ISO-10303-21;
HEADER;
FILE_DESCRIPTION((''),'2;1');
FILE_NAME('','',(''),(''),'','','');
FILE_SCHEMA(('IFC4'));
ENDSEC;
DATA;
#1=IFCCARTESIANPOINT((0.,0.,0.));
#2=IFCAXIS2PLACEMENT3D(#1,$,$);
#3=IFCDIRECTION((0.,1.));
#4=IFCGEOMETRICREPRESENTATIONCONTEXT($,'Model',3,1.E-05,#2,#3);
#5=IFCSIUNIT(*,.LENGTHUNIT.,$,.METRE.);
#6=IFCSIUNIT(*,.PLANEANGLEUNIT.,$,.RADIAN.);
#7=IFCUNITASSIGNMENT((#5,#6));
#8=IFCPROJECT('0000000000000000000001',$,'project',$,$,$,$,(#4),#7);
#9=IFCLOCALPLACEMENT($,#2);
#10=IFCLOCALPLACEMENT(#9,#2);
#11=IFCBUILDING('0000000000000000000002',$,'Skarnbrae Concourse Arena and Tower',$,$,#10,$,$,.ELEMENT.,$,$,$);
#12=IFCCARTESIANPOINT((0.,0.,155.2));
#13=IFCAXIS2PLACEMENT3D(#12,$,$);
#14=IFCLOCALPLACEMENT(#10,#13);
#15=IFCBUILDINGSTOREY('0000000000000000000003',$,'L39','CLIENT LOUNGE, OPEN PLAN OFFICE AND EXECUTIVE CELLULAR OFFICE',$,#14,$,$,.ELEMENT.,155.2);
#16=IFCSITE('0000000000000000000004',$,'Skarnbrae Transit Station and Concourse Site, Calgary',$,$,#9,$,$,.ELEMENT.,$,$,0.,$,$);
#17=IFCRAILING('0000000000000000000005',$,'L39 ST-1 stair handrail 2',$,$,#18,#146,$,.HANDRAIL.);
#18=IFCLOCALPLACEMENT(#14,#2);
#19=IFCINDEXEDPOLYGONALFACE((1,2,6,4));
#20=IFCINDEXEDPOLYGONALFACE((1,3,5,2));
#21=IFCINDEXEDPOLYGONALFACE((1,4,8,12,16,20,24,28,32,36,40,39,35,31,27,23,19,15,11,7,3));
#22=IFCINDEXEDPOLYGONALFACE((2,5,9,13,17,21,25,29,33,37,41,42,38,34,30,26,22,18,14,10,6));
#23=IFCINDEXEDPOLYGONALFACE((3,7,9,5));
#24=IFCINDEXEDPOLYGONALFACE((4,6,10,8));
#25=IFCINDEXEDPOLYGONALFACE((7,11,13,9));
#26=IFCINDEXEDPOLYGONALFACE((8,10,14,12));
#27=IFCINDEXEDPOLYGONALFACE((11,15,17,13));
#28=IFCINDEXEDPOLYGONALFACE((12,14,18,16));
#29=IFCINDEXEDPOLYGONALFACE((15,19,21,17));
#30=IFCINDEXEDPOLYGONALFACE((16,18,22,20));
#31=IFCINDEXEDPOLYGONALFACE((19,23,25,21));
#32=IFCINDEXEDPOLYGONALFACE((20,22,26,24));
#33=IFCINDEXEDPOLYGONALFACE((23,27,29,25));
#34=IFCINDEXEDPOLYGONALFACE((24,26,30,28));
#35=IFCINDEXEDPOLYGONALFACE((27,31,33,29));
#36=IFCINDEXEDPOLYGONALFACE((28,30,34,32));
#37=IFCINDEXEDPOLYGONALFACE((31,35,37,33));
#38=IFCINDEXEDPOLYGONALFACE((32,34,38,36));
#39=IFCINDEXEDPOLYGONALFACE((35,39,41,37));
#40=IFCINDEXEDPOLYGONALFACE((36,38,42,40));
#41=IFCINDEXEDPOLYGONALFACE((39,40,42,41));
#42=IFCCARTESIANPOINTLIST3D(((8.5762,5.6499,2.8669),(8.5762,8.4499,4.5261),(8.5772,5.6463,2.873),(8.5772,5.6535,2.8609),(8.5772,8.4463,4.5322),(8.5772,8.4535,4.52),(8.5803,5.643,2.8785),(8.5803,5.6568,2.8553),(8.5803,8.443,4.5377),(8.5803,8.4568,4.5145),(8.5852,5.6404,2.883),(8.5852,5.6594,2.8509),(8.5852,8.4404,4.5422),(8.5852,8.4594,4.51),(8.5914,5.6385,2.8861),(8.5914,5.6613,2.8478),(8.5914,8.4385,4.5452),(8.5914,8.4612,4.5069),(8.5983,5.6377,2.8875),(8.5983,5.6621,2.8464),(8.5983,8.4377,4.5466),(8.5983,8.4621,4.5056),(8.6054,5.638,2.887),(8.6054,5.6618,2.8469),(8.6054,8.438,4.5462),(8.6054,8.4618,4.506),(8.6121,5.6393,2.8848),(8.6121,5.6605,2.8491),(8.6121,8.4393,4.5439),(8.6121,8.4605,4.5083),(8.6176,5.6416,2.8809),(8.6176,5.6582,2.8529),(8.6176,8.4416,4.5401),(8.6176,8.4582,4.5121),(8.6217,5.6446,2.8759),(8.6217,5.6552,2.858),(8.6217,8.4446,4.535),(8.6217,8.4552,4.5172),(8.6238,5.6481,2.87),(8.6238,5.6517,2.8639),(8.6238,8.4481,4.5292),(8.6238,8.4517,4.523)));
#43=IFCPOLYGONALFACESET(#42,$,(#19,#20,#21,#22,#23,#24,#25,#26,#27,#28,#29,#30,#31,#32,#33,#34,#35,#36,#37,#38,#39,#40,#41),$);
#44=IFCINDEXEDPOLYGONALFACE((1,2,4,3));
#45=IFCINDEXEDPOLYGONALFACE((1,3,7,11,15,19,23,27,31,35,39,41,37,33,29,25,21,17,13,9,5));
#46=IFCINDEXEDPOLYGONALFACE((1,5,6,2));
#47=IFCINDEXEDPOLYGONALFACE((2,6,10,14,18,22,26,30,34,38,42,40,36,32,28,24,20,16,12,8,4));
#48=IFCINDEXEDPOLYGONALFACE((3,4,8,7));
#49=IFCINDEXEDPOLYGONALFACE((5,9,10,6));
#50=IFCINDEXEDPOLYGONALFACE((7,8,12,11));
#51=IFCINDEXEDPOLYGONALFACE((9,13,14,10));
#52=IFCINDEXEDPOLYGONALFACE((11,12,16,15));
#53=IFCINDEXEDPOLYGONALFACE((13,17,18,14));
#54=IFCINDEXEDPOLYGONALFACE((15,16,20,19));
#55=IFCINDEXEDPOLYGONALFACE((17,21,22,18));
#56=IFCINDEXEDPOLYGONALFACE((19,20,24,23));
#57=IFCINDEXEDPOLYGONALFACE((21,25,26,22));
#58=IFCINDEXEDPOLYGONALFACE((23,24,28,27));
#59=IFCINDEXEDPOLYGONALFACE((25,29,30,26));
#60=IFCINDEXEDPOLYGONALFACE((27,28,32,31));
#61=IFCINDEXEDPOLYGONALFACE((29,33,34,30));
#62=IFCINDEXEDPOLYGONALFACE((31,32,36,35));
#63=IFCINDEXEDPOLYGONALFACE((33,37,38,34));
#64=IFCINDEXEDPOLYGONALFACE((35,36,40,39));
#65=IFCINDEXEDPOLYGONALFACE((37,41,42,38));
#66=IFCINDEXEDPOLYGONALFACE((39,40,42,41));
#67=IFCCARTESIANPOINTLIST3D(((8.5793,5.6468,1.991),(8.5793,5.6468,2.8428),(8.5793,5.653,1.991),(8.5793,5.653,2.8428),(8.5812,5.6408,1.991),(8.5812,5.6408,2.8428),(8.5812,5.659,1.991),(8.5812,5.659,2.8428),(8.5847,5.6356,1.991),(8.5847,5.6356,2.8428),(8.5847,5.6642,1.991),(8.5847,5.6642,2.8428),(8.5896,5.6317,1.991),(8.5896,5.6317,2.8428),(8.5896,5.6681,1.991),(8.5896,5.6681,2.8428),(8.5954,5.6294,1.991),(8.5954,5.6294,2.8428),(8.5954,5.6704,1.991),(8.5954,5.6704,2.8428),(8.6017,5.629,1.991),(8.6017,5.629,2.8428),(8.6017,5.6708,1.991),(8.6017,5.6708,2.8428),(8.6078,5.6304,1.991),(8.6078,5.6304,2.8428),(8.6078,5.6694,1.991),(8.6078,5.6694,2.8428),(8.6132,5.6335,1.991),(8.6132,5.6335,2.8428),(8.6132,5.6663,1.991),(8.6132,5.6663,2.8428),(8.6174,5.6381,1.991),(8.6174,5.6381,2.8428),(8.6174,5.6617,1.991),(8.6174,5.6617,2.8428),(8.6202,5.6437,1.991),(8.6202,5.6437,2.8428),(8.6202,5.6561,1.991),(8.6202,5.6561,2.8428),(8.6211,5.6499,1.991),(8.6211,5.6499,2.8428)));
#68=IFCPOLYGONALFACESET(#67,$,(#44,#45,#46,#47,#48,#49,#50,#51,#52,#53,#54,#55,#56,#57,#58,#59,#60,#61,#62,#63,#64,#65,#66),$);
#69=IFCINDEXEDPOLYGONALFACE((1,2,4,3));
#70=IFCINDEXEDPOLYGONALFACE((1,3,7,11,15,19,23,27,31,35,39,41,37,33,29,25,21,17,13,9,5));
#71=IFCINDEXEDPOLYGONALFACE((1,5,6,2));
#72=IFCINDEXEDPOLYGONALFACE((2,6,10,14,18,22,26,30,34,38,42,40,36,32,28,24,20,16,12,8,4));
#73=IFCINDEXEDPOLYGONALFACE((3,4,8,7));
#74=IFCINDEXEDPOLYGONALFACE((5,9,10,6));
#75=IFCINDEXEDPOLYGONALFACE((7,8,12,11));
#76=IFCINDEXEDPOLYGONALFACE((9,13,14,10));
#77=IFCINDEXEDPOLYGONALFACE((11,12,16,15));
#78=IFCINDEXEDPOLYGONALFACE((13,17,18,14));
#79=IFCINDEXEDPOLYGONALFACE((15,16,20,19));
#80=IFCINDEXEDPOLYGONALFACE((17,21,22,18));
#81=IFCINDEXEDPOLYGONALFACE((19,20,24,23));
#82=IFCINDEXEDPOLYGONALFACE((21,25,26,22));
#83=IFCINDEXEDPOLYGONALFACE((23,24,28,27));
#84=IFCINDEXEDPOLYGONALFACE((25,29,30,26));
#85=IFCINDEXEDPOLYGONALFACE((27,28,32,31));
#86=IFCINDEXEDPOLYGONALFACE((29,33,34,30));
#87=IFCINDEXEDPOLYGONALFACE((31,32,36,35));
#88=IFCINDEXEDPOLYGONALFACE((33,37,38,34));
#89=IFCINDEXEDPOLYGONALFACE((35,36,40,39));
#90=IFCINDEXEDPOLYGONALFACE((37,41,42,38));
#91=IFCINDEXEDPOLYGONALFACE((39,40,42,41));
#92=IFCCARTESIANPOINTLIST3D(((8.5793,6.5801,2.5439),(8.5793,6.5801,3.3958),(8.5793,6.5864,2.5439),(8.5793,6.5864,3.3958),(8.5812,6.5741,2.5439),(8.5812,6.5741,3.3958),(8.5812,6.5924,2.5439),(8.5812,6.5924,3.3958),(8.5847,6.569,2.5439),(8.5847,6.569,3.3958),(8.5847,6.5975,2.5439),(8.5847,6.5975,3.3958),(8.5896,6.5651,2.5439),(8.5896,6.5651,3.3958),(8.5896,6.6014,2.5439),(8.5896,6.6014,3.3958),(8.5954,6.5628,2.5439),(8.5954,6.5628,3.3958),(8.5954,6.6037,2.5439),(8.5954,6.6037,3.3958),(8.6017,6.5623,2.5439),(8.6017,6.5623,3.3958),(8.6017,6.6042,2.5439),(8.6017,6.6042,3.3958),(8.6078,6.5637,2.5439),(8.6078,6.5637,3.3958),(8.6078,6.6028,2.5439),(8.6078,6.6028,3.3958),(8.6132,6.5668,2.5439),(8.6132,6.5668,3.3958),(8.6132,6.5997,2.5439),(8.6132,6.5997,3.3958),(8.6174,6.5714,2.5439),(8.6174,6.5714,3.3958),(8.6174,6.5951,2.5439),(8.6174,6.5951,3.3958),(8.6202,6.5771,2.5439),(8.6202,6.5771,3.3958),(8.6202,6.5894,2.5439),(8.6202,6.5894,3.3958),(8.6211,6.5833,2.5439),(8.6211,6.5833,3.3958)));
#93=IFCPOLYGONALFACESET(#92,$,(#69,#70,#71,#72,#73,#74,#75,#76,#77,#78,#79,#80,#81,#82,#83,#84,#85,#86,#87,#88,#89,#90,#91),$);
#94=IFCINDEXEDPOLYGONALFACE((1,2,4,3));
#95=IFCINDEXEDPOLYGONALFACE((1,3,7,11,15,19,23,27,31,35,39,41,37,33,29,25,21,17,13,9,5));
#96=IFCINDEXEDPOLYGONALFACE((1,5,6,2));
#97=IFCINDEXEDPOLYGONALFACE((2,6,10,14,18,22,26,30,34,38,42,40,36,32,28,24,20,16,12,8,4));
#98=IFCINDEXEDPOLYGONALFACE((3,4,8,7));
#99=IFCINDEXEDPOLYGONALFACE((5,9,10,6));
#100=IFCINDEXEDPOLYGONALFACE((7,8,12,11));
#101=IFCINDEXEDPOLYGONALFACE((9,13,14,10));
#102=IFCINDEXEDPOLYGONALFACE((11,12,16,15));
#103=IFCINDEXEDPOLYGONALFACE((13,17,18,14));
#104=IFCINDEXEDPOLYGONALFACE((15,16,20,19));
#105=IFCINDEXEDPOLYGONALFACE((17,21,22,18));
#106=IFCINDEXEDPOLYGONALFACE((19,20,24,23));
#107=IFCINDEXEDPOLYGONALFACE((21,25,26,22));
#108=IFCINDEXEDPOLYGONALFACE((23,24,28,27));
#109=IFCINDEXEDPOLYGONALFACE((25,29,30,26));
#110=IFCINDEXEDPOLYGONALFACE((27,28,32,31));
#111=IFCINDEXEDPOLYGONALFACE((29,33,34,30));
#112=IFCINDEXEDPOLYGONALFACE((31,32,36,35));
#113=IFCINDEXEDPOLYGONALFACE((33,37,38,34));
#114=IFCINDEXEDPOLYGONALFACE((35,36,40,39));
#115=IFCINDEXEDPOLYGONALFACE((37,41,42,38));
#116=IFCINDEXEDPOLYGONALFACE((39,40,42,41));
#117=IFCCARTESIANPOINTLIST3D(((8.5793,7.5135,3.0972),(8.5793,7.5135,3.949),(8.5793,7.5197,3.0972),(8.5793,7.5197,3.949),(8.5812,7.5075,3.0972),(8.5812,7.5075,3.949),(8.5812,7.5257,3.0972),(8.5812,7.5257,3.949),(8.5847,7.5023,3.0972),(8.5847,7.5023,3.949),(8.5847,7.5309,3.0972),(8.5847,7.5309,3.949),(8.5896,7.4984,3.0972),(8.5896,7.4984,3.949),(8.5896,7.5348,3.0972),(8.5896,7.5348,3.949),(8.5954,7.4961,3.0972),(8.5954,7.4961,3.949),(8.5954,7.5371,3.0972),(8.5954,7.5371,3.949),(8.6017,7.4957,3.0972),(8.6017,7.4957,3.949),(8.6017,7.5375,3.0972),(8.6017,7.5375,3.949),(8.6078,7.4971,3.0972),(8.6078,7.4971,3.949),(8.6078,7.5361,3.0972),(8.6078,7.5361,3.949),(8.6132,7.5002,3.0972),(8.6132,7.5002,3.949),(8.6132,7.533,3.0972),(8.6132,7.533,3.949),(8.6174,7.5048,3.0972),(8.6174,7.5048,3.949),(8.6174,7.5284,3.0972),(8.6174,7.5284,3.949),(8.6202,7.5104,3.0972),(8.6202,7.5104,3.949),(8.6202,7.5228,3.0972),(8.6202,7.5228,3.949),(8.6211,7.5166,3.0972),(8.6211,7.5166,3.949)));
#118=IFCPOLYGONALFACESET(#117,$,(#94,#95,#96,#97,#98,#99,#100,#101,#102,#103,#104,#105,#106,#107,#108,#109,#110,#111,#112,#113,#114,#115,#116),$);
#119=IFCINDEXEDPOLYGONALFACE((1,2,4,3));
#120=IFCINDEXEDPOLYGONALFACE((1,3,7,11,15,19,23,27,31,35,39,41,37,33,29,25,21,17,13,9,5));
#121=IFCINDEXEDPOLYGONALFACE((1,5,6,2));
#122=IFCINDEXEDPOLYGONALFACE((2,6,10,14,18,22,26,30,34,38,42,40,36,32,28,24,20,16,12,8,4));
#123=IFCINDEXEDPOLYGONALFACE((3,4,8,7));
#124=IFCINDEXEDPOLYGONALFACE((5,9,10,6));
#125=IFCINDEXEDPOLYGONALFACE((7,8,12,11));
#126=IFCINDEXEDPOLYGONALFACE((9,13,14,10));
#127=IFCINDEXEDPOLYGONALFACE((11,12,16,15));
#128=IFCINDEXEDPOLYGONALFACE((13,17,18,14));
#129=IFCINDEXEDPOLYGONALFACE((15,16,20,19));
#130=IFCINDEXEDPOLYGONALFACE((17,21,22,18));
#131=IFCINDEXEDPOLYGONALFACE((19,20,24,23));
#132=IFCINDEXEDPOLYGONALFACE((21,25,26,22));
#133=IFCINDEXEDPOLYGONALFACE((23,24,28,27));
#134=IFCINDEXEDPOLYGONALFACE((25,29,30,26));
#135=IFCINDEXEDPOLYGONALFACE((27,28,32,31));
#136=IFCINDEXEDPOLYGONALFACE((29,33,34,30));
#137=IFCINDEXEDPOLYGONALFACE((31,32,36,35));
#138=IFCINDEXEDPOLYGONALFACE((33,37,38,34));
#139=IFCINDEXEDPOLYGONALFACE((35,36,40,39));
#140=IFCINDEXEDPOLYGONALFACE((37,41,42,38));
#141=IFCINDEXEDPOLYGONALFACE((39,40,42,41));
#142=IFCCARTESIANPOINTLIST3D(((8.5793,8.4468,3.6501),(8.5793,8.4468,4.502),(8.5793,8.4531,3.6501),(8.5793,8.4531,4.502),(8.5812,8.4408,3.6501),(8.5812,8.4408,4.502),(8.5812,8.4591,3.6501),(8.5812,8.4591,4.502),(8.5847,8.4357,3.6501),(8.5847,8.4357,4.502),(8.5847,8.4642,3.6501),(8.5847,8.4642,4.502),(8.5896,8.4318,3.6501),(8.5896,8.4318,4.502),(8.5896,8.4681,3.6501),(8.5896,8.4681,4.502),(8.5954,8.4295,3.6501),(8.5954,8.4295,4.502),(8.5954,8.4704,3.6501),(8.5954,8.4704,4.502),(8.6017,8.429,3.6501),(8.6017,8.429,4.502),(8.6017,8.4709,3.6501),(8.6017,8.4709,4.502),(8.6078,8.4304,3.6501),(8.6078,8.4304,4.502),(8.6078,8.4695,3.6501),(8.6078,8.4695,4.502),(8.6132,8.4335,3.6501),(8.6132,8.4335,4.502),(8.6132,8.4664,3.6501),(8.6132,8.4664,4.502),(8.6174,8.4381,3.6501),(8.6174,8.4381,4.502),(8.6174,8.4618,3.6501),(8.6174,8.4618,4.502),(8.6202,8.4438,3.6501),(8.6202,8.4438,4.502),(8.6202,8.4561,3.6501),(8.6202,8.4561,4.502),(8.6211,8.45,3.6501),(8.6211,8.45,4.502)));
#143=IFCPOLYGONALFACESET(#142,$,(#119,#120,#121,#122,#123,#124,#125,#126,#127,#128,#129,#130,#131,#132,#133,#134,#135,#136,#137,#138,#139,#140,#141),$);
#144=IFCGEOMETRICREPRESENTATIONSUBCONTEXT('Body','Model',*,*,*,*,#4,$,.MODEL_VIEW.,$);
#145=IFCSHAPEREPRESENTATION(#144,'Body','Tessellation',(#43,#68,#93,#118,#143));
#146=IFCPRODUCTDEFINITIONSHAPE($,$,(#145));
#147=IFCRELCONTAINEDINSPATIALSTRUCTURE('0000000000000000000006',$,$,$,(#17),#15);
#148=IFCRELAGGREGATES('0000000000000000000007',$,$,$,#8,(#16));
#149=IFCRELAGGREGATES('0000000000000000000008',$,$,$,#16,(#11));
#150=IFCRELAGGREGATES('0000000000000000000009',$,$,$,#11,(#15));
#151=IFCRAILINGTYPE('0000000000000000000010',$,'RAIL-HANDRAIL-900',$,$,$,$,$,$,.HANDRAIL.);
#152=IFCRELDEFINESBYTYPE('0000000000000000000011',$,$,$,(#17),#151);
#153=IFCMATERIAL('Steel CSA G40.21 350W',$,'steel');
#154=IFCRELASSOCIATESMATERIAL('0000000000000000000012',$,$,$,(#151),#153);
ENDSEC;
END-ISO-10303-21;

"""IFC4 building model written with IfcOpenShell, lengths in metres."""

from ifc_helpers import new_model, si_unit, direction, frame, origin, origin_2d, place, context, subcontext, project, spatial, circle, extrude, material, type_object, element, save


model = new_model("IFC4")

# Units and contexts
model_context = context("Model", 3, precision=1e-05, world=origin(), true_north=direction((0.0, 1.0)))
body_context = subcontext(model_context, "Body", "Model", "MODEL_VIEW")
ifc_project = project(units=[si_unit("LENGTHUNIT", "METRE"), si_unit("PLANEANGLEUNIT", "RADIAN")], contexts=[model_context])

# Site, building, storey
site_placement = place(None, origin())
site = spatial("IfcSite", under=ifc_project, at=site_placement, Name="Skarnbrae Transit Station and Concourse Site, Calgary", CompositionType="ELEMENT", RefElevation=0.0)
building_placement = place(site_placement, origin())
building = spatial("IfcBuilding", under=site, at=building_placement, Name="Skarnbrae Concourse Arena and Tower", CompositionType="ELEMENT")
storey_placement = place(building_placement, frame((0.0, 0.0, 155.2)))
storey = spatial("IfcBuildingStorey", under=building, at=storey_placement, Name="L39", Description="CLIENT LOUNGE, OPEN PLAN OFFICE AND EXECUTIVE CELLULAR OFFICE", CompositionType="ELEMENT", Elevation=155.2)

# Shared definitions
ifc_material_1 = material(Name="Steel CSA G40.21 350W", Category="steel")

# Railing
railing_type = type_object("IfcRailingType", Name="RAIL-HANDRAIL-900", PredefinedType="HANDRAIL", material=ifc_material_1)
railing_placement = place(storey_placement, frame((8.6001, 5.6499, 1.991)))
element("IfcRailing", 1, at=railing_placement, inside=storey, type_object=railing_type, Name="L39 ST-1 stair handrail 2", PredefinedType="HANDRAIL", context=body_context, shape_type="SweptSolid", body=[
    extrude(circle(Radius=0.0239, at=origin_2d()), frame((0.0, 0.0, 0.876), z_axis=(0.0, 0.860306, 0.509778), x_axis=(-1.0, 0.0, 0.0)), (0.0, 0.0, 1.0), 3.2546),
    extrude(circle(Radius=0.021, at=origin_2d()), origin(), (0.0, 0.0, 1.0), 0.8518),
    extrude(circle(Radius=0.021, at=origin_2d()), frame((0.0, 0.9333, 0.553)), (0.0, 0.0, 1.0), 0.8518),
    extrude(circle(Radius=0.021, at=origin_2d()), frame((0.0, 1.8667, 1.1062)), (0.0, 0.0, 1.0), 0.8518),
    extrude(circle(Radius=0.021, at=origin_2d()), frame((0.0, 2.8, 1.6592)), (0.0, 0.0, 1.0), 0.8518),
])

save(model, "model.ifc")
